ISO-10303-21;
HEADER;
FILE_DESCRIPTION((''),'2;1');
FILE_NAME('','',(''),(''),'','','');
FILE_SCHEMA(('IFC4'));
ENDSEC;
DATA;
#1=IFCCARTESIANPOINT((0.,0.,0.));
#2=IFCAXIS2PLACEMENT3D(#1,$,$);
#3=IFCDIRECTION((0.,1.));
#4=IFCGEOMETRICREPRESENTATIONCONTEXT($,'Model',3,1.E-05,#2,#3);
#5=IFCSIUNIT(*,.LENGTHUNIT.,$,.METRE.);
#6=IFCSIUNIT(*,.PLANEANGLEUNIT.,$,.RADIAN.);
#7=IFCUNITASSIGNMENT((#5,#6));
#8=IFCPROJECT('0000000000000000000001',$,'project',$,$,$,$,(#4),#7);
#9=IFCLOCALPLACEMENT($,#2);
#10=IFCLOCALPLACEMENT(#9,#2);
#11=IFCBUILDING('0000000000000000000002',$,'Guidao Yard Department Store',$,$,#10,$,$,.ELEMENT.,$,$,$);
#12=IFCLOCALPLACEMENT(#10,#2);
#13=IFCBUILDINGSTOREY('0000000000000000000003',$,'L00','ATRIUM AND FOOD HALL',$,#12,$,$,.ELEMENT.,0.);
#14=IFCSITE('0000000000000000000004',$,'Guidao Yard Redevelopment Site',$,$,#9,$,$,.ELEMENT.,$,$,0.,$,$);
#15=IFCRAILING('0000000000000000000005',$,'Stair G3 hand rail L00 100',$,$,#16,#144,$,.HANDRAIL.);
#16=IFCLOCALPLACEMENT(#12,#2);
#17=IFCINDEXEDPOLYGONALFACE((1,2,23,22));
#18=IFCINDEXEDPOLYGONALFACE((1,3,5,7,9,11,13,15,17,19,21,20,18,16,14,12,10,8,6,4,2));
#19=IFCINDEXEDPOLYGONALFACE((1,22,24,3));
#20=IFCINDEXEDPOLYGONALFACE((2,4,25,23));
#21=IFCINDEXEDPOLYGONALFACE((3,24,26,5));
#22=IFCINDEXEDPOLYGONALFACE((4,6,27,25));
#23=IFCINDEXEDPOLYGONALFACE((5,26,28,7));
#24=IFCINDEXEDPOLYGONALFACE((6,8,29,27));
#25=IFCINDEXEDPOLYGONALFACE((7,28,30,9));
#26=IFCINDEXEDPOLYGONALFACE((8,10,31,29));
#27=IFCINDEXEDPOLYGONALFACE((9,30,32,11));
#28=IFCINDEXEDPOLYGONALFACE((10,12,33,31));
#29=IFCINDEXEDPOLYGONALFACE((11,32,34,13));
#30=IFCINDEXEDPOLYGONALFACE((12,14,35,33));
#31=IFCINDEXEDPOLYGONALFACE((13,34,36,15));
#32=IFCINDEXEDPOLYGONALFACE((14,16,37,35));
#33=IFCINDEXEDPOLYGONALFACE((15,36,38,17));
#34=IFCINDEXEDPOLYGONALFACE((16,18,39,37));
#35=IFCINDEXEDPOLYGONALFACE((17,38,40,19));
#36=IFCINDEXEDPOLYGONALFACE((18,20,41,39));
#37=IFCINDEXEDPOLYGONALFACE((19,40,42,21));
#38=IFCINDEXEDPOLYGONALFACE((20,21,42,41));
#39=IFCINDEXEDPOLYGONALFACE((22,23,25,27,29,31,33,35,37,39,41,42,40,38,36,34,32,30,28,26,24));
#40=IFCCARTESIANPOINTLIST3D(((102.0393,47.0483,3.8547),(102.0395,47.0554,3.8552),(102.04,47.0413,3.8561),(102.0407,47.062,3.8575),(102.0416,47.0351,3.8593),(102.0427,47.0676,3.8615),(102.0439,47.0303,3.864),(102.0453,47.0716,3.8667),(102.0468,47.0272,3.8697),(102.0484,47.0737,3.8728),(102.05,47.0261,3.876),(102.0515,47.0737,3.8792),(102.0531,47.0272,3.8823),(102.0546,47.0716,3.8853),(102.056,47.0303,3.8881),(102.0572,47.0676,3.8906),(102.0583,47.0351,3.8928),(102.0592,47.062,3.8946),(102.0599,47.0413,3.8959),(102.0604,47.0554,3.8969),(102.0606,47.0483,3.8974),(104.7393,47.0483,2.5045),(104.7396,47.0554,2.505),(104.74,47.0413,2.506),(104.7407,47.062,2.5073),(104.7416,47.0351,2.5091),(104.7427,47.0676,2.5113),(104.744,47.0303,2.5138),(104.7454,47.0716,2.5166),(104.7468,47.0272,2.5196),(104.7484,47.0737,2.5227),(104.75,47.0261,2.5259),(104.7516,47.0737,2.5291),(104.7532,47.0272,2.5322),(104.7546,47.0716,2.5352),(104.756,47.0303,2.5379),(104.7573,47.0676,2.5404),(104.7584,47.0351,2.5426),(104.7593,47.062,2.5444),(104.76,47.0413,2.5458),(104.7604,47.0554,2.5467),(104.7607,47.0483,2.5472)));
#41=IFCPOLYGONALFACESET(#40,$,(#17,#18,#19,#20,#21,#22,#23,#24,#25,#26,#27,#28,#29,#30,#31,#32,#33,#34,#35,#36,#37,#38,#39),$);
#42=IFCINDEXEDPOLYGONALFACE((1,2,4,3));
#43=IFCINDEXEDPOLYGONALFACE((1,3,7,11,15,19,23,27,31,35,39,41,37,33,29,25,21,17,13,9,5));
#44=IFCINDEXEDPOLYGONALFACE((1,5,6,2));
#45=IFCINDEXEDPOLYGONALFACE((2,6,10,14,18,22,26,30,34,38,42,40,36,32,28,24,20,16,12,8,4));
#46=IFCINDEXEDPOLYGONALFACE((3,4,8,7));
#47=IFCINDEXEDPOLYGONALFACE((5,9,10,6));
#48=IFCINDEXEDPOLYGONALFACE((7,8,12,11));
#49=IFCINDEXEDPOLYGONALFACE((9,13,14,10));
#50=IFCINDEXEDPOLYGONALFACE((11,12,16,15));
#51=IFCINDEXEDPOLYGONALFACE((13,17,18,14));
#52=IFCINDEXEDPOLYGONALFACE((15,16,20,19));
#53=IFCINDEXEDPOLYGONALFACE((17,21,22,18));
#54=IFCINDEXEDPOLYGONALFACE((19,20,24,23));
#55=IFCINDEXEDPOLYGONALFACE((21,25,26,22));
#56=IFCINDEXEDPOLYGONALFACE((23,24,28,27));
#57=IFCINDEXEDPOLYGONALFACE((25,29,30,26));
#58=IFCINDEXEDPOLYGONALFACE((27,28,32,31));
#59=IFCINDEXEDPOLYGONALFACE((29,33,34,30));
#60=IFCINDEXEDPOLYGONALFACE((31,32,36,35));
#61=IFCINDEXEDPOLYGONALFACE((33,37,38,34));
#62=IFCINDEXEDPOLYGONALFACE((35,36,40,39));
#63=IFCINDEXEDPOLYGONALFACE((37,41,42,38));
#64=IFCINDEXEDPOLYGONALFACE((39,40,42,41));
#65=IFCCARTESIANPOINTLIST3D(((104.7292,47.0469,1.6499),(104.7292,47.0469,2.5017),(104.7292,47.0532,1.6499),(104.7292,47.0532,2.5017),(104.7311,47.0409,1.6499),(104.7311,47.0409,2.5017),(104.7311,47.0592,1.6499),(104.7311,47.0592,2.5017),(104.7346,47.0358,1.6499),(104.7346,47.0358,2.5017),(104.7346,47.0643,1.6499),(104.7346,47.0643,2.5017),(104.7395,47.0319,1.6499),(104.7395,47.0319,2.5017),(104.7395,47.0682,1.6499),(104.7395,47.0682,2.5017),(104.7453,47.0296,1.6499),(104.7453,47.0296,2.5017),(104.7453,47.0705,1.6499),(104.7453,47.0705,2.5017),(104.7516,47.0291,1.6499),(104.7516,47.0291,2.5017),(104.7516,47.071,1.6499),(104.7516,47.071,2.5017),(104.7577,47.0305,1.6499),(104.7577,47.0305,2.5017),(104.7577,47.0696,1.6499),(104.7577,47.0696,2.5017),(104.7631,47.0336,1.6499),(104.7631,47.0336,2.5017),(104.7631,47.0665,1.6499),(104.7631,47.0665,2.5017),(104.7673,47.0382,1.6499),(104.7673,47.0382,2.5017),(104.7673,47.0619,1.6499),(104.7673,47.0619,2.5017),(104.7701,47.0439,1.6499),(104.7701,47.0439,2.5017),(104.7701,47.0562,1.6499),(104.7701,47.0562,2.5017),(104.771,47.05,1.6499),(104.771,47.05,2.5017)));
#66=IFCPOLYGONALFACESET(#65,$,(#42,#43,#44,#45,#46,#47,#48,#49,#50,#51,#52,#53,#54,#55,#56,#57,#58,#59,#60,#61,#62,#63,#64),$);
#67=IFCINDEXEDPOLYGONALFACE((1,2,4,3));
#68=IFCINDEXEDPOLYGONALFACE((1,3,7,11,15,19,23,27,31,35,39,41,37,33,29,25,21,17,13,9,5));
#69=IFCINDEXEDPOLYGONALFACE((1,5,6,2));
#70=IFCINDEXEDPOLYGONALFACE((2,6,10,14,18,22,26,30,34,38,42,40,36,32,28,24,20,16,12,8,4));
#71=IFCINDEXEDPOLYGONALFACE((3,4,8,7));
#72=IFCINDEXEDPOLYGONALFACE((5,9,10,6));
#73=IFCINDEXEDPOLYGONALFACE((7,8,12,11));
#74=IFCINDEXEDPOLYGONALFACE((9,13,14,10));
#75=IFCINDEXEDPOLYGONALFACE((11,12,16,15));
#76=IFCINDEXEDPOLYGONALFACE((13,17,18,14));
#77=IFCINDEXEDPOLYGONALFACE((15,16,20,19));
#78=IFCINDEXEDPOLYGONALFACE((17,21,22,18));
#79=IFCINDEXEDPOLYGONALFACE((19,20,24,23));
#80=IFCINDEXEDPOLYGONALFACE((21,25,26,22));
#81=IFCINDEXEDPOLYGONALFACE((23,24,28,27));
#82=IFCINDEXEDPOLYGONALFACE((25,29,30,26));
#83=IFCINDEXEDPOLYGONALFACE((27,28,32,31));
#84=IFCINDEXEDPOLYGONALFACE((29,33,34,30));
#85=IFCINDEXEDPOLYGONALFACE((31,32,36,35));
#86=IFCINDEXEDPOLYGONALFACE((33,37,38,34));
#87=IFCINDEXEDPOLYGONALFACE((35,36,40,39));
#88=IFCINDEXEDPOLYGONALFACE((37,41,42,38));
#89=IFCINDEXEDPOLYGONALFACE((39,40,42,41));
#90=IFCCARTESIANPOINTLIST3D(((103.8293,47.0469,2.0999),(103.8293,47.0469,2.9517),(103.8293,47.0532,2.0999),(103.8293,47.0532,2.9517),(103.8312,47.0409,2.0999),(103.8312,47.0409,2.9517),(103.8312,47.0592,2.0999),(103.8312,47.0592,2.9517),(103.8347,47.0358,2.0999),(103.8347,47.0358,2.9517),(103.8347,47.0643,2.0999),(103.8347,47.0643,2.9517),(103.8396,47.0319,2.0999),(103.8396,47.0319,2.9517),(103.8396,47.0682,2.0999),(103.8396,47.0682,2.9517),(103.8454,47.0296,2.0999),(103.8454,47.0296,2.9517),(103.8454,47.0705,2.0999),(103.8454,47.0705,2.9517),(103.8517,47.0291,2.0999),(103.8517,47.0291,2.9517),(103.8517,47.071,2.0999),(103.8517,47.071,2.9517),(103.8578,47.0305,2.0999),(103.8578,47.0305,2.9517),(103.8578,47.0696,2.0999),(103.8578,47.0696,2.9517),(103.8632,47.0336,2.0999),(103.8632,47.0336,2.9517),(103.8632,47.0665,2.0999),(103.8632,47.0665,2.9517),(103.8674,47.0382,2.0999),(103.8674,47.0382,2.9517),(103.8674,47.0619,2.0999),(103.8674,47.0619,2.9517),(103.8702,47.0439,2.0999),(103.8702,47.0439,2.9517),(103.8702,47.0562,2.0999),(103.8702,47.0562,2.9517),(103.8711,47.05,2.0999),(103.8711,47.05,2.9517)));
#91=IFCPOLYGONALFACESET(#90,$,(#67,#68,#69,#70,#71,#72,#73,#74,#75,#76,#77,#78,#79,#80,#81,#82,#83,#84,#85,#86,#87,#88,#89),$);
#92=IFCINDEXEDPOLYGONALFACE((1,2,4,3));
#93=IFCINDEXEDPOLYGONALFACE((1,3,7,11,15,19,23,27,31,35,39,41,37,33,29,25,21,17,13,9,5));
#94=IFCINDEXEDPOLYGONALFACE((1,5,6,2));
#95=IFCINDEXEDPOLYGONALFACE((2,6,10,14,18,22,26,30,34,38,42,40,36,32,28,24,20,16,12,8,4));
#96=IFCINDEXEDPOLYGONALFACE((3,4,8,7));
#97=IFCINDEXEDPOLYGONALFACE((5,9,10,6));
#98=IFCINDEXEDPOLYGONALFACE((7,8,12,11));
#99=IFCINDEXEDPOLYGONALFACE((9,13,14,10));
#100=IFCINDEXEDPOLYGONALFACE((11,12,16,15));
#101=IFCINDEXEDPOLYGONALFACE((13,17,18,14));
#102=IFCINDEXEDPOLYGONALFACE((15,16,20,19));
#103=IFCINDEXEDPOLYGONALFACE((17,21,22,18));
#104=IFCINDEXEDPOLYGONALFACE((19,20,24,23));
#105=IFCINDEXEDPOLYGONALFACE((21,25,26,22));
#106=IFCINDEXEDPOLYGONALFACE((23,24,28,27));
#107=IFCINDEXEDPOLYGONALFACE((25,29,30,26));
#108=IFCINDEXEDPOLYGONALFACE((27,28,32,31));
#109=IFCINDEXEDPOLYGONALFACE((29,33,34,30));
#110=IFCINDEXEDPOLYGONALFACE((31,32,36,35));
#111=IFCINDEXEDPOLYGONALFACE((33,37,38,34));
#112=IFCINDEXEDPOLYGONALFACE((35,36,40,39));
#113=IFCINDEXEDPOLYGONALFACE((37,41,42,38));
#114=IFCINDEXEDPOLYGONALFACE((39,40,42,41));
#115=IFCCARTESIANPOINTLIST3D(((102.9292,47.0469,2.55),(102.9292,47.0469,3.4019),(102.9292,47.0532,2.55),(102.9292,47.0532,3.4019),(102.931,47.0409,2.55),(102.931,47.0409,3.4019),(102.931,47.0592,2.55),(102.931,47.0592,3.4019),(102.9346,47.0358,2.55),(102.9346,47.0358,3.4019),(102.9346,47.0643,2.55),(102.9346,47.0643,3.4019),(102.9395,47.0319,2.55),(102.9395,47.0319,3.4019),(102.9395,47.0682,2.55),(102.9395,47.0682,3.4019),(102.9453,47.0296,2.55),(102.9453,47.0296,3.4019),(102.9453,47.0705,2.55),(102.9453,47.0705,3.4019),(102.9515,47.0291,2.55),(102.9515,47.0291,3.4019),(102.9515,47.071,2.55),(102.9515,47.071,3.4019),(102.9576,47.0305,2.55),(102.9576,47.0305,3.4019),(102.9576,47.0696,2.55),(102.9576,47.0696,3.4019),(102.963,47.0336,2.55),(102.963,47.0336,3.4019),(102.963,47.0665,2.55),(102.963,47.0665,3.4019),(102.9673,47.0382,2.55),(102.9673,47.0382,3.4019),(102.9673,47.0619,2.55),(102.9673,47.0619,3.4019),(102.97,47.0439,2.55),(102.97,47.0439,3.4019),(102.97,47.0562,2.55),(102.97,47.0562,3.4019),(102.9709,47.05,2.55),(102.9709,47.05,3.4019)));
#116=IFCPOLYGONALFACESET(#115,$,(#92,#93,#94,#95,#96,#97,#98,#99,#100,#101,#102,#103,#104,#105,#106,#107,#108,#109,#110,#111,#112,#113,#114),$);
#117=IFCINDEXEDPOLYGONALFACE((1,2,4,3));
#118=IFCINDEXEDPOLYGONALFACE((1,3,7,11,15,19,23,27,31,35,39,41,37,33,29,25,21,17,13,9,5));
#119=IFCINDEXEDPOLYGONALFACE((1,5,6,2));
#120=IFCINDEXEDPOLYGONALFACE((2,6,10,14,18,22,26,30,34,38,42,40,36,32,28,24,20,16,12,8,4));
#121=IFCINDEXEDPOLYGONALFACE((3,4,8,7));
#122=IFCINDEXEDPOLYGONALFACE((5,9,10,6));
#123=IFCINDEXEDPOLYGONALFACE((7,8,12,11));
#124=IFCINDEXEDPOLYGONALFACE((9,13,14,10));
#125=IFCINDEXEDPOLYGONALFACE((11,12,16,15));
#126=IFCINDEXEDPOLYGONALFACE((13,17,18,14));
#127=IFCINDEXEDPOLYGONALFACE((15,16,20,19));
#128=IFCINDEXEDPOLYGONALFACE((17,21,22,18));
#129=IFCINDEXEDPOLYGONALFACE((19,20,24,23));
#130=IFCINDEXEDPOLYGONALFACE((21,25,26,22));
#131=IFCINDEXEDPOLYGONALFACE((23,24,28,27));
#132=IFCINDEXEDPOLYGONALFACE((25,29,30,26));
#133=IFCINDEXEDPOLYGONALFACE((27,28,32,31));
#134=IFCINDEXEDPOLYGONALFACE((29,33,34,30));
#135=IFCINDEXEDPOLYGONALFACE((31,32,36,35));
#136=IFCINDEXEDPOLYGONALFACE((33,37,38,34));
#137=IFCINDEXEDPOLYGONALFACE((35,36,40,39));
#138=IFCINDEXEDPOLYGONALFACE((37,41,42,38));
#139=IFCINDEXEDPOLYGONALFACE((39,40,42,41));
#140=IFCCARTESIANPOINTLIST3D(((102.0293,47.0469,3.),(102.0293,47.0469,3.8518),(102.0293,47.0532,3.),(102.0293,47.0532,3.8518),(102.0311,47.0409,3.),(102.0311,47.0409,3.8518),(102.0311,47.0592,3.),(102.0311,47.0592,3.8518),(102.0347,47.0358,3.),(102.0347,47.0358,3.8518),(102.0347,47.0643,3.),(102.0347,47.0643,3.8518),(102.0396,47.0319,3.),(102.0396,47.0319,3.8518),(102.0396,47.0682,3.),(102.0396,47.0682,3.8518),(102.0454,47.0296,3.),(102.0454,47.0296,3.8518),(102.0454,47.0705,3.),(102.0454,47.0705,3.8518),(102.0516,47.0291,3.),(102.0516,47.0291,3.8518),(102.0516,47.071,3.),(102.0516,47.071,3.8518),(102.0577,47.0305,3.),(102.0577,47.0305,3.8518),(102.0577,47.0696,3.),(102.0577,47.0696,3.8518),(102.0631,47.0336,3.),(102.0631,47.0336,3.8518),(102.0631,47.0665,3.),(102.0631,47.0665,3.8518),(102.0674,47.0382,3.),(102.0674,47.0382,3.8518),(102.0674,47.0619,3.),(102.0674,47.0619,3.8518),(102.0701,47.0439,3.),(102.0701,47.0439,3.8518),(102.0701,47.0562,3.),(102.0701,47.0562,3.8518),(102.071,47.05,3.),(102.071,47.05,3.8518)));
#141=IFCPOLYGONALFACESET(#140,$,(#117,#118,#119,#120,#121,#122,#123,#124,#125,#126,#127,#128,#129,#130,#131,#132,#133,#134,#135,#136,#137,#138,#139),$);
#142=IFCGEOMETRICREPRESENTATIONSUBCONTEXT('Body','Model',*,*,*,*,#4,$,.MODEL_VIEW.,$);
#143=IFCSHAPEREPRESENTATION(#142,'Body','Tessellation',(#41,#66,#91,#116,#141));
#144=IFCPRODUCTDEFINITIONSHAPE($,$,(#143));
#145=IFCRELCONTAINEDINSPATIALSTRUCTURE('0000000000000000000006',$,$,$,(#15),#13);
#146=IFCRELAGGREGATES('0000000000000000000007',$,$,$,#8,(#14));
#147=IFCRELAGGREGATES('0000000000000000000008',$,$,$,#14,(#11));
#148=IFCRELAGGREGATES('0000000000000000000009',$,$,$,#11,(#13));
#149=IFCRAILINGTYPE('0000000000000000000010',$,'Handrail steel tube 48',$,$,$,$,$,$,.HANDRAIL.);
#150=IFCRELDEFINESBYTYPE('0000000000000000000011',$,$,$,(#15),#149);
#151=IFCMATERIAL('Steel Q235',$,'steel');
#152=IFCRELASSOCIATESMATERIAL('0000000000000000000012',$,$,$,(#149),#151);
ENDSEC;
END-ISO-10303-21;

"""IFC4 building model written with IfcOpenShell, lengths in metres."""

from ifc_helpers import new_model, si_unit, direction, frame, origin, origin_2d, place, context, subcontext, project, spatial, circle, extrude, material, type_object, element, save


model = new_model("IFC4")

# Units and contexts
model_context = context("Model", 3, precision=1e-05, world=origin(), true_north=direction((0.0, 1.0)))
body_context = subcontext(model_context, "Body", "Model", "MODEL_VIEW")
ifc_project = project(units=[si_unit("LENGTHUNIT", "METRE"), si_unit("PLANEANGLEUNIT", "RADIAN")], contexts=[model_context])

# Site, building, storey
site_placement = place(None, origin())
site = spatial("IfcSite", under=ifc_project, at=site_placement, Name="Guidao Yard Redevelopment Site", CompositionType="ELEMENT", RefElevation=0.0)
building_placement = place(site_placement, origin())
building = spatial("IfcBuilding", under=site, at=building_placement, Name="Guidao Yard Department Store", CompositionType="ELEMENT")
storey_placement = place(building_placement, origin())
storey = spatial("IfcBuildingStorey", under=building, at=storey_placement, Name="L00", Description="ATRIUM AND FOOD HALL", CompositionType="ELEMENT", Elevation=0.0)

# Railing
ifc_material_1 = material(Name="Steel Q235", Category="steel")
railing_type = type_object("IfcRailingType", Name="Handrail steel tube 48", PredefinedType="HANDRAIL", material=ifc_material_1)
for number, where, name in (
    (1, (104.75, 47.05, 1.6499), "Stair G3 hand rail L00 100"),
):
    element("IfcRailing", number, at=place(storey_placement, frame(where)), inside=storey, type_object=railing_type, Name=name, PredefinedType="HANDRAIL", context=body_context, shape_type="SweptSolid", body=[
        extrude(circle(Radius=0.0239, at=origin_2d()), frame((0.0, 0.0, 0.876), z_axis=(-0.894411, 0.0, 0.447246), x_axis=(0.0, -1.0, 0.0)), (0.0, 0.0, 1.0), 3.0188),
        extrude(circle(Radius=0.021, at=origin_2d()), origin(), (0.0, 0.0, 1.0), 0.8518),
        extrude(circle(Radius=0.021, at=origin_2d()), frame((-0.8999, 0.0, 0.45)), (0.0, 0.0, 1.0), 0.8518),
        extrude(circle(Radius=0.021, at=origin_2d()), frame((-1.8, 0.0, 0.9001)), (0.0, 0.0, 1.0), 0.8518),
        extrude(circle(Radius=0.021, at=origin_2d()), frame((-2.7, 0.0, 1.3501)), (0.0, 0.0, 1.0), 0.8518),
    ])

save(model, "model.ifc")
